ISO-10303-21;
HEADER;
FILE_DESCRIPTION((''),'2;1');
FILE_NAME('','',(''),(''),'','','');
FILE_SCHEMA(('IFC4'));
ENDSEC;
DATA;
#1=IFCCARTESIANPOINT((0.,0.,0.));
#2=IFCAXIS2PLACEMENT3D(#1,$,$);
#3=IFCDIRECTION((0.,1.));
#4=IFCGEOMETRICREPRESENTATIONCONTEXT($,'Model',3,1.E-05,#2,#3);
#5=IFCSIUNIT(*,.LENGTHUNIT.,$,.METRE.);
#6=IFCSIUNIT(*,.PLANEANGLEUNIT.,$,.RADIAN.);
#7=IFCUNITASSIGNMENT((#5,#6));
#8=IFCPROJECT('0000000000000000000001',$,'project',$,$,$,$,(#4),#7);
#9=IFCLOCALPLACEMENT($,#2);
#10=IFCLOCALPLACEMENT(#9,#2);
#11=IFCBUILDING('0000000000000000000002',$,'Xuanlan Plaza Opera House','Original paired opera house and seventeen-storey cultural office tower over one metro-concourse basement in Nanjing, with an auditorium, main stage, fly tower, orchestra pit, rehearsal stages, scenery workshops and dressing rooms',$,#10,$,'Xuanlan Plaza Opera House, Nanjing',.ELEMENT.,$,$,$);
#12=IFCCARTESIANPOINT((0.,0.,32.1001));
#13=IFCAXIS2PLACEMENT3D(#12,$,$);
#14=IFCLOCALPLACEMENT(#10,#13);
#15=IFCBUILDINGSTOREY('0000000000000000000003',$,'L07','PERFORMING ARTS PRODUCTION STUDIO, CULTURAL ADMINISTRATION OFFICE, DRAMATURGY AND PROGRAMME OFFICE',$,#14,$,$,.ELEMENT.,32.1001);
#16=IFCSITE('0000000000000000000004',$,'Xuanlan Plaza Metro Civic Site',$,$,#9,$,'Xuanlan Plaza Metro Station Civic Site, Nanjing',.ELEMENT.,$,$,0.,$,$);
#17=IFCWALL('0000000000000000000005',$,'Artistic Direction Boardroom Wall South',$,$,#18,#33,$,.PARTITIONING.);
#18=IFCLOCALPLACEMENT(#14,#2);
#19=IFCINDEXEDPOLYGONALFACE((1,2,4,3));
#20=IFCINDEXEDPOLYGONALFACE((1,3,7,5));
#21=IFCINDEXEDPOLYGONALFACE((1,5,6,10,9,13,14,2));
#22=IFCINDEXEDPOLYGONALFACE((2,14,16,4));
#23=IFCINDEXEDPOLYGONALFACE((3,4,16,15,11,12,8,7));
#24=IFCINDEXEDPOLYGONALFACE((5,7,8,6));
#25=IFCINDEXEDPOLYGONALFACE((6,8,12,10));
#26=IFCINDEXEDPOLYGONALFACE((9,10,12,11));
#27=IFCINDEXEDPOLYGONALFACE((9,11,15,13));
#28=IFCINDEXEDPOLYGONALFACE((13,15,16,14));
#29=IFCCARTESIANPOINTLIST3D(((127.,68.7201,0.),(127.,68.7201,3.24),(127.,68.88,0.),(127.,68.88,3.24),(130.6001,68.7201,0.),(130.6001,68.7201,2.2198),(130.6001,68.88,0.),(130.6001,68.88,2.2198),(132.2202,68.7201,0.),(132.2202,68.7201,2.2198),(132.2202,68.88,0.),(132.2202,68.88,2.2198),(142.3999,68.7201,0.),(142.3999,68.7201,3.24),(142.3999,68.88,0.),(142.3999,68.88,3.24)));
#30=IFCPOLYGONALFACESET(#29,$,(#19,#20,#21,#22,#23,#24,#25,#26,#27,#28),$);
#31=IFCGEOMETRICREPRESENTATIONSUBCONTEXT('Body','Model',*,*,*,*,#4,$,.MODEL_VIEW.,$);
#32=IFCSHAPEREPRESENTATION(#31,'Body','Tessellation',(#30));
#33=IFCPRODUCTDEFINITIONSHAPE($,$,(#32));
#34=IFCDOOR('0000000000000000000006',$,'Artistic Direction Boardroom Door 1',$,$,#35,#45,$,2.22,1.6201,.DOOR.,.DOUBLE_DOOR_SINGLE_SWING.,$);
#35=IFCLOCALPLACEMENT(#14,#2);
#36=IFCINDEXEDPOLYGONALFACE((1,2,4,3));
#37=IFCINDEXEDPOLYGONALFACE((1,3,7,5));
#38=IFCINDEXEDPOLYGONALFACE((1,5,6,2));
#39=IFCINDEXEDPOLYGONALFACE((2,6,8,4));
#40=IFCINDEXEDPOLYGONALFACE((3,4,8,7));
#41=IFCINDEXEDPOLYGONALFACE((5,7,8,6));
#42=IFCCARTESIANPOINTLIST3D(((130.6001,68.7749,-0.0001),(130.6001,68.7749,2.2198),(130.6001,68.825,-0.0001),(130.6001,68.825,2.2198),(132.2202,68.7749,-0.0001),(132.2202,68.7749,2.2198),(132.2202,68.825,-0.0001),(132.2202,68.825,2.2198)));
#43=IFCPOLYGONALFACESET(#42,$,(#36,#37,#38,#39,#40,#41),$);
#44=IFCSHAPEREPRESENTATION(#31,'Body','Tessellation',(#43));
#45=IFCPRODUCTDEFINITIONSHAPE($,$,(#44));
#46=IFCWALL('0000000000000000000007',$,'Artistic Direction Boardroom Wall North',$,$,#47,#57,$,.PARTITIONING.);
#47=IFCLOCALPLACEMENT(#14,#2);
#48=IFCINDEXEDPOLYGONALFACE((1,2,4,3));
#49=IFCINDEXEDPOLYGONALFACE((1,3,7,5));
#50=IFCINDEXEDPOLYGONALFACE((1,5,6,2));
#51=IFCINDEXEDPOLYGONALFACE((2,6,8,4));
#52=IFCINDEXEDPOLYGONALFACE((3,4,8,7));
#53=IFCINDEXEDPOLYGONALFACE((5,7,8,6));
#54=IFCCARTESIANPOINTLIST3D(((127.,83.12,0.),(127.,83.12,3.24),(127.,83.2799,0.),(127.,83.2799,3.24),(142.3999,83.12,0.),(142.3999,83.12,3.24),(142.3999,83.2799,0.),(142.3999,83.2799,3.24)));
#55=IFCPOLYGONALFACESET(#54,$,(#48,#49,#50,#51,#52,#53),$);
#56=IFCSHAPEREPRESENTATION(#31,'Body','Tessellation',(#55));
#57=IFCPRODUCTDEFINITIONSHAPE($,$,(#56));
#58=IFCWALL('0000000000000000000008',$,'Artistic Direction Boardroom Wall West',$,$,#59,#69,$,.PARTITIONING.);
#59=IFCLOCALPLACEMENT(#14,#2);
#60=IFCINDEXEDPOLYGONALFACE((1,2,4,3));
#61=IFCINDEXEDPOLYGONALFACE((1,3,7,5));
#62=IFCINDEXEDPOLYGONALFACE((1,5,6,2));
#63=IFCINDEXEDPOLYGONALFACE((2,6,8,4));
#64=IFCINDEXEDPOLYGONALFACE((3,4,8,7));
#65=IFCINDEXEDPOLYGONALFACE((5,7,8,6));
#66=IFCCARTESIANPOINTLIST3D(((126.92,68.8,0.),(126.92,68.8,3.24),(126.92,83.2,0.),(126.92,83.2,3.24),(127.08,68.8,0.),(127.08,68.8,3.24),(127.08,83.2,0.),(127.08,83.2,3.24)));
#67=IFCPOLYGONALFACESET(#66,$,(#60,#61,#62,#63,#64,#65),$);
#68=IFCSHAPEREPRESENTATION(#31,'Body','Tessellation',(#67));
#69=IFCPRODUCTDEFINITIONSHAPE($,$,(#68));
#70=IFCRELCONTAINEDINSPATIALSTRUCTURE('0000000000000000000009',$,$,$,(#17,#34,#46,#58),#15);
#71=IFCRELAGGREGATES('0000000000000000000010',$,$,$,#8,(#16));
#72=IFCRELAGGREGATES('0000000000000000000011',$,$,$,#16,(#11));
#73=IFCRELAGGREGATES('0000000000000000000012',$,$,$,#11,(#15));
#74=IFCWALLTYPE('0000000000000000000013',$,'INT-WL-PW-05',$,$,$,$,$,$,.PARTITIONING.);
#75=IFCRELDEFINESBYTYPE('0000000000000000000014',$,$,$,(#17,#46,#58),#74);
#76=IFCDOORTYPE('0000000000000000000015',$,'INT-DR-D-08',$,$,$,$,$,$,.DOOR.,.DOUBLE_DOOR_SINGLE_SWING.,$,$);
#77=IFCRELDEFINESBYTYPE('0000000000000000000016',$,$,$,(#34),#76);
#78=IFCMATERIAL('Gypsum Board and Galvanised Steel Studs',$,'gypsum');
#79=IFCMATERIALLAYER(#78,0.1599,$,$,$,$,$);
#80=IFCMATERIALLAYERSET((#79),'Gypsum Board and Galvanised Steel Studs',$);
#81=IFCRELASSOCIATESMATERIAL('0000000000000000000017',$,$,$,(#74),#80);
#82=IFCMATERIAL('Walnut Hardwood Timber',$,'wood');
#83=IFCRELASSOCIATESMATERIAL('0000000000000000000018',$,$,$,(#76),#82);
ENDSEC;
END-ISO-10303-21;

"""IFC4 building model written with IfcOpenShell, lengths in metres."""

from ifc_helpers import new_model, si_unit, direction, frame, frame_2d, origin, place, context, subcontext, project, spatial, rectangle, extrude, material, layer, layer_set, type_object, element, fill, save


model = new_model("IFC4")

# Units and contexts
model_context = context("Model", 3, precision=1e-05, world=origin(), true_north=direction((0.0, 1.0)))
body_context = subcontext(model_context, "Body", "Model", "MODEL_VIEW")
ifc_project = project(units=[si_unit("LENGTHUNIT", "METRE"), si_unit("PLANEANGLEUNIT", "RADIAN")], contexts=[model_context])

# Site, building, storey
site_placement = place(None, origin())
site = spatial("IfcSite", under=ifc_project, at=site_placement, Name="Xuanlan Plaza Metro Civic Site", LongName="Xuanlan Plaza Metro Station Civic Site, Nanjing", CompositionType="ELEMENT", RefElevation=0.0)
building_placement = place(site_placement, origin())
building = spatial("IfcBuilding", under=site, at=building_placement, Name="Xuanlan Plaza Opera House", Description="Original paired opera house and seventeen-storey cultural office tower over one metro-concourse basement in Nanjing, with an auditorium, main stage, fly tower, orchestra pit, rehearsal stages, scenery workshops and dressing rooms", LongName="Xuanlan Plaza Opera House, Nanjing", CompositionType="ELEMENT")
storey_placement = place(building_placement, frame((0.0, 0.0, 32.1001)))
storey = spatial("IfcBuildingStorey", under=building, at=storey_placement, Name="L07", Description="PERFORMING ARTS PRODUCTION STUDIO, CULTURAL ADMINISTRATION OFFICE, DRAMATURGY AND PROGRAMME OFFICE", CompositionType="ELEMENT", Elevation=32.1001)

# Wall, opening, door
ifc_material_1 = material(Name="Gypsum Board and Galvanised Steel Studs", Category="gypsum")
ifc_layer_1 = layer(ifc_material_1, 0.1599)
ifc_layer_set_1 = layer_set([ifc_layer_1], Name="Gypsum Board and Galvanised Steel Studs")
wall_type_1 = type_object("IfcWallType", Name="INT-WL-PW-05", PredefinedType="PARTITIONING", material=ifc_layer_set_1)
wall_1_placement = place(storey_placement, frame((127.0, 68.8, 0.0), z_axis=(0.0, 0.0, 1.0), x_axis=(1.0, 0.0, 0.0)))
wall_1 = element("IfcWall", 1, at=wall_1_placement, inside=storey, type_object=wall_type_1, Name="Artistic Direction Boardroom Wall South", PredefinedType="PARTITIONING", context=body_context, shape_type="SweptSolid", body=[
    extrude(rectangle(XDim=15.3999, YDim=0.1599, at=frame_2d((7.7, 0.0))), origin(), (0.0, 0.0, 1.0), 3.24),
])
opening_1_placement = place(wall_1_placement, frame((3.6001, 0.0, 0.0)))
opening_1 = element("IfcOpeningElement", 2, at=opening_1_placement, cuts=wall_1, PredefinedType="OPENING", context=body_context, shape_type="SweptSolid", body=[
    extrude(rectangle(XDim=1.6201, YDim=2.22, at=frame_2d((0.8101, 1.1099))), frame((0.0, 0.0898, 0.0), z_axis=(0.0, -1.0, 0.0), x_axis=(1.0, 0.0, 0.0)), (0.0, 0.0, 1.0), 0.1799),
])
ifc_material_2 = material(Name="Walnut Hardwood Timber", Category="wood")
door_type_1 = type_object("IfcDoorType", Name="INT-DR-D-08", OperationType="DOUBLE_DOOR_SINGLE_SWING", PredefinedType="DOOR", material=ifc_material_2)
door_1_placement = place(opening_1_placement, origin())
door_1 = element("IfcDoor", 3, at=door_1_placement, inside=storey, type_object=door_type_1, Name="Artistic Direction Boardroom Door 1", OperationType="DOUBLE_DOOR_SINGLE_SWING", OverallHeight=2.22, OverallWidth=1.6201, PredefinedType="DOOR", context=body_context, shape_type="SweptSolid", body=[
    extrude(rectangle(XDim=1.6201, YDim=2.22, at=frame_2d((0.8101, 1.1099))), frame((0.0, 0.0249, 0.0), z_axis=(0.0, -1.0, 0.0), x_axis=(1.0, 0.0, 0.0)), (0.0, 0.0, 1.0), 0.05),
])
fill(opening_1, door_1)

# Walls
wall_2_placement = place(storey_placement, frame((127.0, 83.2, 0.0), z_axis=(0.0, 0.0, 1.0), x_axis=(1.0, 0.0, 0.0)))
element("IfcWall", 4, at=wall_2_placement, inside=storey, type_object=wall_type_1, Name="Artistic Direction Boardroom Wall North", PredefinedType="PARTITIONING", context=body_context, shape_type="SweptSolid", body=[
    extrude(rectangle(XDim=15.3999, YDim=0.1599, at=frame_2d((7.7, 0.0))), origin(), (0.0, 0.0, 1.0), 3.24),
])
wall_3_placement = place(storey_placement, frame((127.0, 68.8, 0.0), z_axis=(0.0, 0.0, 1.0), x_axis=(0.0, 1.0, 0.0)))
element("IfcWall", 5, at=wall_3_placement, inside=storey, type_object=wall_type_1, Name="Artistic Direction Boardroom Wall West", PredefinedType="PARTITIONING", context=body_context, shape_type="SweptSolid", body=[
    extrude(rectangle(XDim=14.3999, YDim=0.1599, at=frame_2d((7.2, 0.0))), origin(), (0.0, 0.0, 1.0), 3.24),
])

save(model, "model.ifc")
